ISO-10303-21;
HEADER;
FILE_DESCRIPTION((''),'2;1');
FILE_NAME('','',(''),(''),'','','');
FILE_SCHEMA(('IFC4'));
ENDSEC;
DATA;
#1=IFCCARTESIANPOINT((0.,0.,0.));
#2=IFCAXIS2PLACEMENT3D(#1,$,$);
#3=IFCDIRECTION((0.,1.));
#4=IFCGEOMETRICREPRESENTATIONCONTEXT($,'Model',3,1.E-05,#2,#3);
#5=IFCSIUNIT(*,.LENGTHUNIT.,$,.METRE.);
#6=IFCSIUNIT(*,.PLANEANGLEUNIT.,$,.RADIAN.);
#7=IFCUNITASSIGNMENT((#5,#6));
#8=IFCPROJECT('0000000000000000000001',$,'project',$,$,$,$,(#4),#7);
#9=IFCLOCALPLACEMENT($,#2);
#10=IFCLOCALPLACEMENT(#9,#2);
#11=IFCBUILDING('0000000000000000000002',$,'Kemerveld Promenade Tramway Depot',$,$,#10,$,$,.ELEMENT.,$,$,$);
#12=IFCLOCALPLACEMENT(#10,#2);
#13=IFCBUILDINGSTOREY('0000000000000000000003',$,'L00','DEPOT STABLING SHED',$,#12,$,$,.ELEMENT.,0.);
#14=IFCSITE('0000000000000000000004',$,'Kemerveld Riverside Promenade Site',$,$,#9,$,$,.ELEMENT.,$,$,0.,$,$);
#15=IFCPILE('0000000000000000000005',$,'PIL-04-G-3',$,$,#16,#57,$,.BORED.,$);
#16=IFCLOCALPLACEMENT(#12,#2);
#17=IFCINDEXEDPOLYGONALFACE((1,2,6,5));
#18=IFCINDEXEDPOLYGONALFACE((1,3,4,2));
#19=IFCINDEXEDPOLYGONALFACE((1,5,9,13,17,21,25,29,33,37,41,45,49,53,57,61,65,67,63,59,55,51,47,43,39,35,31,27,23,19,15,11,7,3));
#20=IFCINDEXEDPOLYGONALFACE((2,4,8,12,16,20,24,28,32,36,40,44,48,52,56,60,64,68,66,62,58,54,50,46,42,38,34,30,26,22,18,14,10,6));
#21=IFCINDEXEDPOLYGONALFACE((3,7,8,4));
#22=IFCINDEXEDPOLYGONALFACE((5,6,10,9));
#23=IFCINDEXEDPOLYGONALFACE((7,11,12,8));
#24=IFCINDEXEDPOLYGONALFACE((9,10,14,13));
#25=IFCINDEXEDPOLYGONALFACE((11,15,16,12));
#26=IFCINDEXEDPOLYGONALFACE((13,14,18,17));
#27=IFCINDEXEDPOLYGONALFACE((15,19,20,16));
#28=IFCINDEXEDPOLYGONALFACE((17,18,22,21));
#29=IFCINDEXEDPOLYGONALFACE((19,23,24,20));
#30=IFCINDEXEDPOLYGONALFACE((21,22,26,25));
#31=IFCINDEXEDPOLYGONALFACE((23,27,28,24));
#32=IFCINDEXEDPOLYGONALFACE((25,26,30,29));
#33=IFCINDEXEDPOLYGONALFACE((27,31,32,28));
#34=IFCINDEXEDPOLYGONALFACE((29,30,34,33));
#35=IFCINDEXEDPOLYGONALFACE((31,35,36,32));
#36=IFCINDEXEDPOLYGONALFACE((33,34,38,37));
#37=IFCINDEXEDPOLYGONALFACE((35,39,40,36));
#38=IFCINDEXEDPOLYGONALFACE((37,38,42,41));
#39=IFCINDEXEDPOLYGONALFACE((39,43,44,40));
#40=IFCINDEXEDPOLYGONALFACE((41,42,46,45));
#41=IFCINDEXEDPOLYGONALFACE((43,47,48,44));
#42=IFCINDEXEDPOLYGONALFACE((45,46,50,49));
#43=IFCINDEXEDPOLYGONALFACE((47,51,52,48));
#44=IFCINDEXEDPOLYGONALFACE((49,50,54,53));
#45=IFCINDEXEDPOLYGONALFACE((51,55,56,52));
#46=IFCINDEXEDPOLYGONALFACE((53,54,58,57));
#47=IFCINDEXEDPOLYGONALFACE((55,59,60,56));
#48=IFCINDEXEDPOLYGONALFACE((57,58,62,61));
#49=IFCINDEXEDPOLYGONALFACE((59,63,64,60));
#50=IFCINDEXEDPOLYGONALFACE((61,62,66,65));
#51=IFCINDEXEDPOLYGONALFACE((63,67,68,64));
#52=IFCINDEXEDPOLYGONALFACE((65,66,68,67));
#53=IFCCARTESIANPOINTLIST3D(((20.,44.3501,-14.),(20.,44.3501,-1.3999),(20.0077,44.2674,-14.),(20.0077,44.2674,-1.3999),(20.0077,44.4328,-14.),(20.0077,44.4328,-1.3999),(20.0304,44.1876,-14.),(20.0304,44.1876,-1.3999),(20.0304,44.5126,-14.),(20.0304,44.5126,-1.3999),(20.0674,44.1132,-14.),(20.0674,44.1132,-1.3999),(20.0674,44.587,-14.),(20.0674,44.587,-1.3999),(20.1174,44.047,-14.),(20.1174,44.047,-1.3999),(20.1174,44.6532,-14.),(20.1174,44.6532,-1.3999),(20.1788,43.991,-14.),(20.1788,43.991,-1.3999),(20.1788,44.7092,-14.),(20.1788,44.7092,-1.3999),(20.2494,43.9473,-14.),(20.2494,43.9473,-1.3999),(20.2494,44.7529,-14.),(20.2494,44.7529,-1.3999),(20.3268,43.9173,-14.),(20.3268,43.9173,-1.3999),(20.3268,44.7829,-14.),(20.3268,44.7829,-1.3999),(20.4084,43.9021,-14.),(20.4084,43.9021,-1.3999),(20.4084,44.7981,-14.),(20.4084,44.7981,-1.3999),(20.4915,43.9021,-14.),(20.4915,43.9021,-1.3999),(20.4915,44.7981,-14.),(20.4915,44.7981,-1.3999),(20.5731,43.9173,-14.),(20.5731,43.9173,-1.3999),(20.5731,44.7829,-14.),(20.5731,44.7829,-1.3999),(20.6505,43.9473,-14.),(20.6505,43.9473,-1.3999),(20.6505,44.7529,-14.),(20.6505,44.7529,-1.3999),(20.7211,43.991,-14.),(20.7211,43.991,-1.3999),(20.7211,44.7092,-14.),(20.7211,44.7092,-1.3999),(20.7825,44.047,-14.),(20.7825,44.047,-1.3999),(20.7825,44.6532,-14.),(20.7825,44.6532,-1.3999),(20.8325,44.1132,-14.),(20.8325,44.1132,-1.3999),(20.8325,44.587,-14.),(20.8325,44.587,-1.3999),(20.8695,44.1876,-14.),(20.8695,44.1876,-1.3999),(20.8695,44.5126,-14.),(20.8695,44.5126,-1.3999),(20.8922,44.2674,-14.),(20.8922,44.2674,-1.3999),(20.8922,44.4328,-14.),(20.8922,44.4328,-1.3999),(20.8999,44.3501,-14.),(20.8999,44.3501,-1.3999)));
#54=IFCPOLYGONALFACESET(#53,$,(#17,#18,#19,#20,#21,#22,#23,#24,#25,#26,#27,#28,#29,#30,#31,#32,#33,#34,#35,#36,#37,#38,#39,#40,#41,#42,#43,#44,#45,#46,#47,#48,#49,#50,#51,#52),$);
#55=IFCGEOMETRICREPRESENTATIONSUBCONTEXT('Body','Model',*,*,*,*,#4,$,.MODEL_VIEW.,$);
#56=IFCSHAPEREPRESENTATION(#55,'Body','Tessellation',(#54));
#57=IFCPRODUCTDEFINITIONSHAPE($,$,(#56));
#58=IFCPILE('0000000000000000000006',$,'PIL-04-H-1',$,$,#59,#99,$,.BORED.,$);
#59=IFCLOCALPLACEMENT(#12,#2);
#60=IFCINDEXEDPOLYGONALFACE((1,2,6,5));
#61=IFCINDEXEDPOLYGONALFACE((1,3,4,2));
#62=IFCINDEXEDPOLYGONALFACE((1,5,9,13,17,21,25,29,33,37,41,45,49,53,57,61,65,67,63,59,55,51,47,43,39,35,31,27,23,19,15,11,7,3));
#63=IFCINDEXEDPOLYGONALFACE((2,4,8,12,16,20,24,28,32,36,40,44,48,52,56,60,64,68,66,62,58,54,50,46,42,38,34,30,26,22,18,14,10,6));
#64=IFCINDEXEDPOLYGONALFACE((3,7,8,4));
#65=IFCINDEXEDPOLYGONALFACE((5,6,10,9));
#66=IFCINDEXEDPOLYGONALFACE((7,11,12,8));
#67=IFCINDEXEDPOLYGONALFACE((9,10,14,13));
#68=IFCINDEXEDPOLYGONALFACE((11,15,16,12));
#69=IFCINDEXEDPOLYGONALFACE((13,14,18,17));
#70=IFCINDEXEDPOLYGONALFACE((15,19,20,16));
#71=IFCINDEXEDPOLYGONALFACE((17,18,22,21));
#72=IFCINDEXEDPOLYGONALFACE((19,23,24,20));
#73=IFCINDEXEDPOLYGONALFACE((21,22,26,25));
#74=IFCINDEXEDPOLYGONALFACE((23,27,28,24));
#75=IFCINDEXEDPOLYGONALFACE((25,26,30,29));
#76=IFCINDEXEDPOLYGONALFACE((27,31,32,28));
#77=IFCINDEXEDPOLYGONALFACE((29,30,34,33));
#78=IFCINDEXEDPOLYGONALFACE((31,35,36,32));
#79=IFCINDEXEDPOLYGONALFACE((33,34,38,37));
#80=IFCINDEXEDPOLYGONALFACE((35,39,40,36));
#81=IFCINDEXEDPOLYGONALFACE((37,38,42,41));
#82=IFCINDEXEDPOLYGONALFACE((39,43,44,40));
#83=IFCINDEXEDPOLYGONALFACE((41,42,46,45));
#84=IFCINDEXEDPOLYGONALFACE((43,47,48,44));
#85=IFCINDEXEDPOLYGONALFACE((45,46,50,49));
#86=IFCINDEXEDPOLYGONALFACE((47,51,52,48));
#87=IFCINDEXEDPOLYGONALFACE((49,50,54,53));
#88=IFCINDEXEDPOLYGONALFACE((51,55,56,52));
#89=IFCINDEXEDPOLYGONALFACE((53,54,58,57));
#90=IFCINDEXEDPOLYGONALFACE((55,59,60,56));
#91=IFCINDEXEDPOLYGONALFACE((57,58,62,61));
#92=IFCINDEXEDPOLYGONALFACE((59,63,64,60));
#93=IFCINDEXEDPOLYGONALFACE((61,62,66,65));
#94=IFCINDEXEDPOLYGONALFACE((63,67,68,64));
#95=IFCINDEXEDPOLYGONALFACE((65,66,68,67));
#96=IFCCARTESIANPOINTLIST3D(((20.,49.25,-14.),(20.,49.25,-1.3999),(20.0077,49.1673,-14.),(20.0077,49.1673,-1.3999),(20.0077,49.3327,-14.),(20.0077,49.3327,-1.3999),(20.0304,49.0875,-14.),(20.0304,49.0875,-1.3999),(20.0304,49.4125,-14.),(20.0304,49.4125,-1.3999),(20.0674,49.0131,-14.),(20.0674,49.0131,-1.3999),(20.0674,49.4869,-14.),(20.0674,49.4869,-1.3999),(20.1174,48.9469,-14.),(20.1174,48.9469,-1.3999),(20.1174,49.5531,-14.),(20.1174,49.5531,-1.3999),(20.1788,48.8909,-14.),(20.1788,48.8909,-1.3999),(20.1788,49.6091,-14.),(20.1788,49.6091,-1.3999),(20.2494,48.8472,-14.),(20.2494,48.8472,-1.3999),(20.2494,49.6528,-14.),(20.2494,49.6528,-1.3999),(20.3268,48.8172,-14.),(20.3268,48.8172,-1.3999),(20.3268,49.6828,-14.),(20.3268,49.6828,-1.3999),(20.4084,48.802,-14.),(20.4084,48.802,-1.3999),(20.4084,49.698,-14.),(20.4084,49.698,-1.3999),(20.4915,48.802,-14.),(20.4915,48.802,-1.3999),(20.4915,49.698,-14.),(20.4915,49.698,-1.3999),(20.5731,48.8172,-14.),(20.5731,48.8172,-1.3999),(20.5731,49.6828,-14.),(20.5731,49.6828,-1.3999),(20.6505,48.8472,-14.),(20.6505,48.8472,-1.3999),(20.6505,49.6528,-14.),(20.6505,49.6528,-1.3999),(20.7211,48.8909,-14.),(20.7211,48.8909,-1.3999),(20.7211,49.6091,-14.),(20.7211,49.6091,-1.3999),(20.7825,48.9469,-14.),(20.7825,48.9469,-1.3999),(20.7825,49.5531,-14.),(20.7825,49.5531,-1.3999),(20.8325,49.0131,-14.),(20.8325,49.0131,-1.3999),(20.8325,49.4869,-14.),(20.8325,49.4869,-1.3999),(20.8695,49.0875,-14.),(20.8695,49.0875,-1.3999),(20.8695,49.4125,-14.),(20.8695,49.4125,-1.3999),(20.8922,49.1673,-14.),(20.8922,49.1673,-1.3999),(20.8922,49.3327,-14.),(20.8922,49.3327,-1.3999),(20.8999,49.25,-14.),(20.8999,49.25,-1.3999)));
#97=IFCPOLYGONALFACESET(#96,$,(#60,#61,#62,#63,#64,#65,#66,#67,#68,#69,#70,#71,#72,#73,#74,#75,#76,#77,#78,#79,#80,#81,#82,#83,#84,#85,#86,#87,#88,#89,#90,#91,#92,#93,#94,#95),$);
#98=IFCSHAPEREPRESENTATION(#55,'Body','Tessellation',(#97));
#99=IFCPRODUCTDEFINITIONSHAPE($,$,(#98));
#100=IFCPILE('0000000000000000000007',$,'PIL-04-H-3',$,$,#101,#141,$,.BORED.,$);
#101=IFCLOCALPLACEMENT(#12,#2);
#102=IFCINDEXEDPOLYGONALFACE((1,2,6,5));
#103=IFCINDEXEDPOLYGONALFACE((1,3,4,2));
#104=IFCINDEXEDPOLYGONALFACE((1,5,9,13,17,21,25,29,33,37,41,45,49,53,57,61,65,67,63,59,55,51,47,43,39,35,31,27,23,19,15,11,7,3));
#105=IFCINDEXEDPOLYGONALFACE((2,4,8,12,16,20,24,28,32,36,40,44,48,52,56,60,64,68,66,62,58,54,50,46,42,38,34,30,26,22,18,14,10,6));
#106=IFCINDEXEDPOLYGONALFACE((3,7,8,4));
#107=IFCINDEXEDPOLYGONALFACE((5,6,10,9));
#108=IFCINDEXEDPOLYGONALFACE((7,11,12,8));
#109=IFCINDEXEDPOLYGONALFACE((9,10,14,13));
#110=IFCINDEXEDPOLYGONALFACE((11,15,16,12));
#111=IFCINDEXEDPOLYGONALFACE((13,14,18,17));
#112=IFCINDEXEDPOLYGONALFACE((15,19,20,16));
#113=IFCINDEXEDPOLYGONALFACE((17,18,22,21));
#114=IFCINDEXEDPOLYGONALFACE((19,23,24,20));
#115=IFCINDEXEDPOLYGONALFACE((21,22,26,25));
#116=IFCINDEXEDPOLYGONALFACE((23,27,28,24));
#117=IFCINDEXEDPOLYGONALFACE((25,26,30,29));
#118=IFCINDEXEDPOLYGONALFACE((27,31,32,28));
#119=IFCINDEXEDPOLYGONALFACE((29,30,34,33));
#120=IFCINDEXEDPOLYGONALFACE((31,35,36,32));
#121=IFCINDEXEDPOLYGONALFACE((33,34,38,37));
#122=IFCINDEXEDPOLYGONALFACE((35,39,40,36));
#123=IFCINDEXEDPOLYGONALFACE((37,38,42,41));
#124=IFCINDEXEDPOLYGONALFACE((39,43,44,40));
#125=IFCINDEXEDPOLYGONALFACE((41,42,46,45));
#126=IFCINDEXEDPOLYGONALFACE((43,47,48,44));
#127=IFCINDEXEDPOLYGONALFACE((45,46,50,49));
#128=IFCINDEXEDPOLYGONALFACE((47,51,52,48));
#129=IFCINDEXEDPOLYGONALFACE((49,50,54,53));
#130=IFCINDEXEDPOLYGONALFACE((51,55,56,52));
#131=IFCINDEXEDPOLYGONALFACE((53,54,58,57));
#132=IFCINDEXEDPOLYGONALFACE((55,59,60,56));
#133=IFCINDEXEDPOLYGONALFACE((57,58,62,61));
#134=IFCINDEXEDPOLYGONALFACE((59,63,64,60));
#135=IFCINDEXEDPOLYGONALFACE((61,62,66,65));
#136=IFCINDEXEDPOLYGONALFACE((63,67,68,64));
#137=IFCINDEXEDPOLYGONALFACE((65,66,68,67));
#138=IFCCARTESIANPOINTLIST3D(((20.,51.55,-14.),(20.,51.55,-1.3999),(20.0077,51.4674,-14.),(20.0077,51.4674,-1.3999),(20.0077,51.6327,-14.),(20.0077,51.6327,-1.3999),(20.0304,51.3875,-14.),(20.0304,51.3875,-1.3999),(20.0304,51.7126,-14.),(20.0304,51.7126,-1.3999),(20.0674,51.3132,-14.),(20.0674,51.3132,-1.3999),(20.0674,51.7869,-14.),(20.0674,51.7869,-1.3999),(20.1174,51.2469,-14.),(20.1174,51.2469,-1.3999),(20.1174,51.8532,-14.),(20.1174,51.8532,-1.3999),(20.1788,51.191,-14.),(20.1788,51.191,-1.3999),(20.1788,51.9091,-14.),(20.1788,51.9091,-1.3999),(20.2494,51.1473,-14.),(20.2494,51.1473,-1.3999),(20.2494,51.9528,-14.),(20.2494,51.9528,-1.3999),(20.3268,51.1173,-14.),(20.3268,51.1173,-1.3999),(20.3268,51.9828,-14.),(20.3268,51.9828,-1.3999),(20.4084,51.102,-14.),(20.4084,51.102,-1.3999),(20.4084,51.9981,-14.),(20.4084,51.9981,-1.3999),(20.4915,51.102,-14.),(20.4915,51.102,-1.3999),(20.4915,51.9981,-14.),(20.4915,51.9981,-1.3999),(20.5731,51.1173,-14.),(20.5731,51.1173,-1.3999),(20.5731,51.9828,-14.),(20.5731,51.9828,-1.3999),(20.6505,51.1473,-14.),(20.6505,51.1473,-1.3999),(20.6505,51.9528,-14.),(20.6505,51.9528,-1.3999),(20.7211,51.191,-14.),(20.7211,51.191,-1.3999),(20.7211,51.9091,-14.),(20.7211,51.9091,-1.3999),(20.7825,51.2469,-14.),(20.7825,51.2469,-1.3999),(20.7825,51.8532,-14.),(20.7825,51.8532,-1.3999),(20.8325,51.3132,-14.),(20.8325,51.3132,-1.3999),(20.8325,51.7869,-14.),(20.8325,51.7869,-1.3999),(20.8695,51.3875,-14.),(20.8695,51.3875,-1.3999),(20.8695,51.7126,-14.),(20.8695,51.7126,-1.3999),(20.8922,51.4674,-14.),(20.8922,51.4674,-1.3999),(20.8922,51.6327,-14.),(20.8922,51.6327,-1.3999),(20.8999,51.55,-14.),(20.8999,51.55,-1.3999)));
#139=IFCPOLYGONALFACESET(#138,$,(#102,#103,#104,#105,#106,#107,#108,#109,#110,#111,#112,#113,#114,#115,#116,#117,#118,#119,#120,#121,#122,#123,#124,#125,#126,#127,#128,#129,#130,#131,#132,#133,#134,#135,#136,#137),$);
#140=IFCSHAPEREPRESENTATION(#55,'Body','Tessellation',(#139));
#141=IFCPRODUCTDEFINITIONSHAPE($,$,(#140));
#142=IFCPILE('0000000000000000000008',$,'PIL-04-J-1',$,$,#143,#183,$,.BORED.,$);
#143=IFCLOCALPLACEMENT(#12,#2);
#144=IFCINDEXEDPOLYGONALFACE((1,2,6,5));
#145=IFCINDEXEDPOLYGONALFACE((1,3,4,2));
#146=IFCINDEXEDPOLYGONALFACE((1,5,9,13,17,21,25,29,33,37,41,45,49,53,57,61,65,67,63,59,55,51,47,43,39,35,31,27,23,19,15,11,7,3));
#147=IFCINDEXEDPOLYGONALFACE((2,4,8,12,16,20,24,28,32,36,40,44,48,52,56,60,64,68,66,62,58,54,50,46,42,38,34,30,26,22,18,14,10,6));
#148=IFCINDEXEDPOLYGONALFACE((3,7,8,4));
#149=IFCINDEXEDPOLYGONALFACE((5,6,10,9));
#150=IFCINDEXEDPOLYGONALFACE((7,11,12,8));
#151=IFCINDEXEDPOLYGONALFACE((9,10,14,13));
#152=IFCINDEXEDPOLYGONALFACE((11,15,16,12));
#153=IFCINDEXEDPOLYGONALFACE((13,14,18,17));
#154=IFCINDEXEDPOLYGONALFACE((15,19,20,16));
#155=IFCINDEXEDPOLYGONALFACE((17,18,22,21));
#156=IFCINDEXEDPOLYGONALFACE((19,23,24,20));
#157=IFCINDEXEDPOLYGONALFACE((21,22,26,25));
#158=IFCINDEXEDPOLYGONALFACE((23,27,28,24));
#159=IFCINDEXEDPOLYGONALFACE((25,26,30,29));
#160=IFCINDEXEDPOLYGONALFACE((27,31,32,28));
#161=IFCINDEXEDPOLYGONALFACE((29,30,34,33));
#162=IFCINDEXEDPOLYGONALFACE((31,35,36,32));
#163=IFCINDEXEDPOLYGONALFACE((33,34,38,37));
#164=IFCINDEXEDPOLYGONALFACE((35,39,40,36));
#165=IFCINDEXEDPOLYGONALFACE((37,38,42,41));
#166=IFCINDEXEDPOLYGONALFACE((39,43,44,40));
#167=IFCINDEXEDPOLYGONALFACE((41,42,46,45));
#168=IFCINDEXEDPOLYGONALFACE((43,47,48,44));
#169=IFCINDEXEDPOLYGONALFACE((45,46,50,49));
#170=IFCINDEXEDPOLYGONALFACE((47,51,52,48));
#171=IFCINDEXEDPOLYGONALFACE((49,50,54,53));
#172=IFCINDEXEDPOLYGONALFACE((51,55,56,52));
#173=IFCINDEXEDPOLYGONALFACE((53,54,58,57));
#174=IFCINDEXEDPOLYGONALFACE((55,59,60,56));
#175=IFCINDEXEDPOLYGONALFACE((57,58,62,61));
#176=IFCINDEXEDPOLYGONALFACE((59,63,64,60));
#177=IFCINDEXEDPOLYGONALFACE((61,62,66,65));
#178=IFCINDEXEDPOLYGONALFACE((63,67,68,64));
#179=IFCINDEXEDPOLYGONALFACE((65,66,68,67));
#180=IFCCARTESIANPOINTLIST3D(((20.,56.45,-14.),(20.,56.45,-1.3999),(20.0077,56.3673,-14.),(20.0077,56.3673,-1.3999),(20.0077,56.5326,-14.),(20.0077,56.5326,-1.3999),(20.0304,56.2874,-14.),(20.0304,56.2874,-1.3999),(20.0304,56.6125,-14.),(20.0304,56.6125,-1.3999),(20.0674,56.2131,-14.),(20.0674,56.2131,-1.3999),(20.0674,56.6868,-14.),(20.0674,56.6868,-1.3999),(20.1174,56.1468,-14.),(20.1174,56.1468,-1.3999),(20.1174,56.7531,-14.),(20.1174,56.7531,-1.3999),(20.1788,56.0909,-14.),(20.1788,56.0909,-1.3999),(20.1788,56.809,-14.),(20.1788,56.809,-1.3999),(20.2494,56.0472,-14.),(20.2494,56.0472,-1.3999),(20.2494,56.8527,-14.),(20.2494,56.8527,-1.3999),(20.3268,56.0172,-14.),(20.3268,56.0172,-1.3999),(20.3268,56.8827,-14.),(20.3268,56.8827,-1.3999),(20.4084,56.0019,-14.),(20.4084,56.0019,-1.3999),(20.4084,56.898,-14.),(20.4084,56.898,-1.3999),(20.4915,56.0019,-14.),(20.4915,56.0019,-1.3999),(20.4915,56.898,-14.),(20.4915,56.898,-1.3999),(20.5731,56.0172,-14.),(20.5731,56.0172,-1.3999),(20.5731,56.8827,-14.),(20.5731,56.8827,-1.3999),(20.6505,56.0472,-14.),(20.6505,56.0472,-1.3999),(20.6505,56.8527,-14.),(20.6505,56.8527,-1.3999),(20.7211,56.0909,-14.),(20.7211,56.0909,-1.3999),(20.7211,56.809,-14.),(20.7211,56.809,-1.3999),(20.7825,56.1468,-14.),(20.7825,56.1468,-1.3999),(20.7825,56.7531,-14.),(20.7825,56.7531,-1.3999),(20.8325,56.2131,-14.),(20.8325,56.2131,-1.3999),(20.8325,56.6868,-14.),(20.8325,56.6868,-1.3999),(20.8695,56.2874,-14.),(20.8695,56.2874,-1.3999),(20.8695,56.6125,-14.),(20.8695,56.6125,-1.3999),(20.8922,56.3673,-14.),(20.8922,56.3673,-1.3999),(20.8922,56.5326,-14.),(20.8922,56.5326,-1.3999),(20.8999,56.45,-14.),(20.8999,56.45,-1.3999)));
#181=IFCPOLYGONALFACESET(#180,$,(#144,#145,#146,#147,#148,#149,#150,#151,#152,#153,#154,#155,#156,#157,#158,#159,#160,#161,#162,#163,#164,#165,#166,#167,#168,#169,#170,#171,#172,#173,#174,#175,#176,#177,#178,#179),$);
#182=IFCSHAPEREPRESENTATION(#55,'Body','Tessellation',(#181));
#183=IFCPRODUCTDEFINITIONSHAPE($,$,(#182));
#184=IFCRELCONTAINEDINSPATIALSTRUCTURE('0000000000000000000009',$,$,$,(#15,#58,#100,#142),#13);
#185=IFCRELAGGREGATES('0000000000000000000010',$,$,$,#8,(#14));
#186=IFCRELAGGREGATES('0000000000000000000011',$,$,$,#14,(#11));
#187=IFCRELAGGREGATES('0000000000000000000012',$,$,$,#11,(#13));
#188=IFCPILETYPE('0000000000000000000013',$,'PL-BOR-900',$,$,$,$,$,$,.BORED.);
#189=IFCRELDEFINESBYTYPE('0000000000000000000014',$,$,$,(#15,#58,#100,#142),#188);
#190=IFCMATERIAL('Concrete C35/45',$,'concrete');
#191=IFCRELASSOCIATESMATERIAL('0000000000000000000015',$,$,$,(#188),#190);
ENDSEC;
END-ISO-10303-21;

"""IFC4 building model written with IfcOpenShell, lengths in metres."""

from ifc_helpers import new_model, si_unit, direction, frame, origin, origin_2d, place, context, subcontext, project, spatial, circle, extrude, material, material_profile, profile_set, type_object, element, save


model = new_model("IFC4")

# Units and contexts
model_context = context("Model", 3, precision=1e-05, world=origin(), true_north=direction((0.0, 1.0)))
body_context = subcontext(model_context, "Body", "Model", "MODEL_VIEW")
ifc_project = project(units=[si_unit("LENGTHUNIT", "METRE"), si_unit("PLANEANGLEUNIT", "RADIAN")], contexts=[model_context])

# Site, building, storey
site_placement = place(None, origin())
site = spatial("IfcSite", under=ifc_project, at=site_placement, Name="Kemerveld Riverside Promenade Site", CompositionType="ELEMENT", RefElevation=0.0)
building_placement = place(site_placement, origin())
building = spatial("IfcBuilding", under=site, at=building_placement, Name="Kemerveld Promenade Tramway Depot", CompositionType="ELEMENT")
storey_placement = place(building_placement, origin())
storey = spatial("IfcBuildingStorey", under=building, at=storey_placement, Name="L00", Description="DEPOT STABLING SHED", CompositionType="ELEMENT", Elevation=0.0)

# Shared definitions
ifc_material_1 = material(Name="Concrete C35/45", Category="concrete")

# Piles
ifc_material_profile_1 = material_profile(ifc_material_1, circle(Radius=0.45, at=origin_2d()), Name="PILE-D900")
ifc_profile_set_1 = profile_set([ifc_material_profile_1], Name="Concrete C35/45")
pile_type_1 = type_object("IfcPileType", Name="PL-BOR-900", PredefinedType="BORED", material=ifc_profile_set_1)
for number, where, z_axis, x_axis, name in (
    (1, (20.45, 44.3501, -1.3999), (0.0, 0.0, -1.0), (1.0, 0.0, 0.0), "PIL-04-G-3"),
    (2, (20.45, 49.25, -1.3999), (0.0, 0.0, -1.0), (1.0, 0.0, 0.0), "PIL-04-H-1"),
    (3, (20.45, 51.55, -1.3999), (0.0, 0.0, -1.0), (1.0, 0.0, 0.0), "PIL-04-H-3"),
    (4, (20.45, 56.45, -1.3999), (0.0, 0.0, -1.0), (1.0, 0.0, 0.0), "PIL-04-J-1"),
):
    element("IfcPile", number, at=place(storey_placement, frame(where, z_axis=z_axis, x_axis=x_axis)), inside=storey, type_object=pile_type_1, Name=name, PredefinedType="BORED", context=body_context, shape_type="SweptSolid", body=[
        extrude(circle(Radius=0.45, at=origin_2d()), origin(), (0.0, 0.0, 1.0), 12.6001),
    ])

save(model, "model.ifc")
